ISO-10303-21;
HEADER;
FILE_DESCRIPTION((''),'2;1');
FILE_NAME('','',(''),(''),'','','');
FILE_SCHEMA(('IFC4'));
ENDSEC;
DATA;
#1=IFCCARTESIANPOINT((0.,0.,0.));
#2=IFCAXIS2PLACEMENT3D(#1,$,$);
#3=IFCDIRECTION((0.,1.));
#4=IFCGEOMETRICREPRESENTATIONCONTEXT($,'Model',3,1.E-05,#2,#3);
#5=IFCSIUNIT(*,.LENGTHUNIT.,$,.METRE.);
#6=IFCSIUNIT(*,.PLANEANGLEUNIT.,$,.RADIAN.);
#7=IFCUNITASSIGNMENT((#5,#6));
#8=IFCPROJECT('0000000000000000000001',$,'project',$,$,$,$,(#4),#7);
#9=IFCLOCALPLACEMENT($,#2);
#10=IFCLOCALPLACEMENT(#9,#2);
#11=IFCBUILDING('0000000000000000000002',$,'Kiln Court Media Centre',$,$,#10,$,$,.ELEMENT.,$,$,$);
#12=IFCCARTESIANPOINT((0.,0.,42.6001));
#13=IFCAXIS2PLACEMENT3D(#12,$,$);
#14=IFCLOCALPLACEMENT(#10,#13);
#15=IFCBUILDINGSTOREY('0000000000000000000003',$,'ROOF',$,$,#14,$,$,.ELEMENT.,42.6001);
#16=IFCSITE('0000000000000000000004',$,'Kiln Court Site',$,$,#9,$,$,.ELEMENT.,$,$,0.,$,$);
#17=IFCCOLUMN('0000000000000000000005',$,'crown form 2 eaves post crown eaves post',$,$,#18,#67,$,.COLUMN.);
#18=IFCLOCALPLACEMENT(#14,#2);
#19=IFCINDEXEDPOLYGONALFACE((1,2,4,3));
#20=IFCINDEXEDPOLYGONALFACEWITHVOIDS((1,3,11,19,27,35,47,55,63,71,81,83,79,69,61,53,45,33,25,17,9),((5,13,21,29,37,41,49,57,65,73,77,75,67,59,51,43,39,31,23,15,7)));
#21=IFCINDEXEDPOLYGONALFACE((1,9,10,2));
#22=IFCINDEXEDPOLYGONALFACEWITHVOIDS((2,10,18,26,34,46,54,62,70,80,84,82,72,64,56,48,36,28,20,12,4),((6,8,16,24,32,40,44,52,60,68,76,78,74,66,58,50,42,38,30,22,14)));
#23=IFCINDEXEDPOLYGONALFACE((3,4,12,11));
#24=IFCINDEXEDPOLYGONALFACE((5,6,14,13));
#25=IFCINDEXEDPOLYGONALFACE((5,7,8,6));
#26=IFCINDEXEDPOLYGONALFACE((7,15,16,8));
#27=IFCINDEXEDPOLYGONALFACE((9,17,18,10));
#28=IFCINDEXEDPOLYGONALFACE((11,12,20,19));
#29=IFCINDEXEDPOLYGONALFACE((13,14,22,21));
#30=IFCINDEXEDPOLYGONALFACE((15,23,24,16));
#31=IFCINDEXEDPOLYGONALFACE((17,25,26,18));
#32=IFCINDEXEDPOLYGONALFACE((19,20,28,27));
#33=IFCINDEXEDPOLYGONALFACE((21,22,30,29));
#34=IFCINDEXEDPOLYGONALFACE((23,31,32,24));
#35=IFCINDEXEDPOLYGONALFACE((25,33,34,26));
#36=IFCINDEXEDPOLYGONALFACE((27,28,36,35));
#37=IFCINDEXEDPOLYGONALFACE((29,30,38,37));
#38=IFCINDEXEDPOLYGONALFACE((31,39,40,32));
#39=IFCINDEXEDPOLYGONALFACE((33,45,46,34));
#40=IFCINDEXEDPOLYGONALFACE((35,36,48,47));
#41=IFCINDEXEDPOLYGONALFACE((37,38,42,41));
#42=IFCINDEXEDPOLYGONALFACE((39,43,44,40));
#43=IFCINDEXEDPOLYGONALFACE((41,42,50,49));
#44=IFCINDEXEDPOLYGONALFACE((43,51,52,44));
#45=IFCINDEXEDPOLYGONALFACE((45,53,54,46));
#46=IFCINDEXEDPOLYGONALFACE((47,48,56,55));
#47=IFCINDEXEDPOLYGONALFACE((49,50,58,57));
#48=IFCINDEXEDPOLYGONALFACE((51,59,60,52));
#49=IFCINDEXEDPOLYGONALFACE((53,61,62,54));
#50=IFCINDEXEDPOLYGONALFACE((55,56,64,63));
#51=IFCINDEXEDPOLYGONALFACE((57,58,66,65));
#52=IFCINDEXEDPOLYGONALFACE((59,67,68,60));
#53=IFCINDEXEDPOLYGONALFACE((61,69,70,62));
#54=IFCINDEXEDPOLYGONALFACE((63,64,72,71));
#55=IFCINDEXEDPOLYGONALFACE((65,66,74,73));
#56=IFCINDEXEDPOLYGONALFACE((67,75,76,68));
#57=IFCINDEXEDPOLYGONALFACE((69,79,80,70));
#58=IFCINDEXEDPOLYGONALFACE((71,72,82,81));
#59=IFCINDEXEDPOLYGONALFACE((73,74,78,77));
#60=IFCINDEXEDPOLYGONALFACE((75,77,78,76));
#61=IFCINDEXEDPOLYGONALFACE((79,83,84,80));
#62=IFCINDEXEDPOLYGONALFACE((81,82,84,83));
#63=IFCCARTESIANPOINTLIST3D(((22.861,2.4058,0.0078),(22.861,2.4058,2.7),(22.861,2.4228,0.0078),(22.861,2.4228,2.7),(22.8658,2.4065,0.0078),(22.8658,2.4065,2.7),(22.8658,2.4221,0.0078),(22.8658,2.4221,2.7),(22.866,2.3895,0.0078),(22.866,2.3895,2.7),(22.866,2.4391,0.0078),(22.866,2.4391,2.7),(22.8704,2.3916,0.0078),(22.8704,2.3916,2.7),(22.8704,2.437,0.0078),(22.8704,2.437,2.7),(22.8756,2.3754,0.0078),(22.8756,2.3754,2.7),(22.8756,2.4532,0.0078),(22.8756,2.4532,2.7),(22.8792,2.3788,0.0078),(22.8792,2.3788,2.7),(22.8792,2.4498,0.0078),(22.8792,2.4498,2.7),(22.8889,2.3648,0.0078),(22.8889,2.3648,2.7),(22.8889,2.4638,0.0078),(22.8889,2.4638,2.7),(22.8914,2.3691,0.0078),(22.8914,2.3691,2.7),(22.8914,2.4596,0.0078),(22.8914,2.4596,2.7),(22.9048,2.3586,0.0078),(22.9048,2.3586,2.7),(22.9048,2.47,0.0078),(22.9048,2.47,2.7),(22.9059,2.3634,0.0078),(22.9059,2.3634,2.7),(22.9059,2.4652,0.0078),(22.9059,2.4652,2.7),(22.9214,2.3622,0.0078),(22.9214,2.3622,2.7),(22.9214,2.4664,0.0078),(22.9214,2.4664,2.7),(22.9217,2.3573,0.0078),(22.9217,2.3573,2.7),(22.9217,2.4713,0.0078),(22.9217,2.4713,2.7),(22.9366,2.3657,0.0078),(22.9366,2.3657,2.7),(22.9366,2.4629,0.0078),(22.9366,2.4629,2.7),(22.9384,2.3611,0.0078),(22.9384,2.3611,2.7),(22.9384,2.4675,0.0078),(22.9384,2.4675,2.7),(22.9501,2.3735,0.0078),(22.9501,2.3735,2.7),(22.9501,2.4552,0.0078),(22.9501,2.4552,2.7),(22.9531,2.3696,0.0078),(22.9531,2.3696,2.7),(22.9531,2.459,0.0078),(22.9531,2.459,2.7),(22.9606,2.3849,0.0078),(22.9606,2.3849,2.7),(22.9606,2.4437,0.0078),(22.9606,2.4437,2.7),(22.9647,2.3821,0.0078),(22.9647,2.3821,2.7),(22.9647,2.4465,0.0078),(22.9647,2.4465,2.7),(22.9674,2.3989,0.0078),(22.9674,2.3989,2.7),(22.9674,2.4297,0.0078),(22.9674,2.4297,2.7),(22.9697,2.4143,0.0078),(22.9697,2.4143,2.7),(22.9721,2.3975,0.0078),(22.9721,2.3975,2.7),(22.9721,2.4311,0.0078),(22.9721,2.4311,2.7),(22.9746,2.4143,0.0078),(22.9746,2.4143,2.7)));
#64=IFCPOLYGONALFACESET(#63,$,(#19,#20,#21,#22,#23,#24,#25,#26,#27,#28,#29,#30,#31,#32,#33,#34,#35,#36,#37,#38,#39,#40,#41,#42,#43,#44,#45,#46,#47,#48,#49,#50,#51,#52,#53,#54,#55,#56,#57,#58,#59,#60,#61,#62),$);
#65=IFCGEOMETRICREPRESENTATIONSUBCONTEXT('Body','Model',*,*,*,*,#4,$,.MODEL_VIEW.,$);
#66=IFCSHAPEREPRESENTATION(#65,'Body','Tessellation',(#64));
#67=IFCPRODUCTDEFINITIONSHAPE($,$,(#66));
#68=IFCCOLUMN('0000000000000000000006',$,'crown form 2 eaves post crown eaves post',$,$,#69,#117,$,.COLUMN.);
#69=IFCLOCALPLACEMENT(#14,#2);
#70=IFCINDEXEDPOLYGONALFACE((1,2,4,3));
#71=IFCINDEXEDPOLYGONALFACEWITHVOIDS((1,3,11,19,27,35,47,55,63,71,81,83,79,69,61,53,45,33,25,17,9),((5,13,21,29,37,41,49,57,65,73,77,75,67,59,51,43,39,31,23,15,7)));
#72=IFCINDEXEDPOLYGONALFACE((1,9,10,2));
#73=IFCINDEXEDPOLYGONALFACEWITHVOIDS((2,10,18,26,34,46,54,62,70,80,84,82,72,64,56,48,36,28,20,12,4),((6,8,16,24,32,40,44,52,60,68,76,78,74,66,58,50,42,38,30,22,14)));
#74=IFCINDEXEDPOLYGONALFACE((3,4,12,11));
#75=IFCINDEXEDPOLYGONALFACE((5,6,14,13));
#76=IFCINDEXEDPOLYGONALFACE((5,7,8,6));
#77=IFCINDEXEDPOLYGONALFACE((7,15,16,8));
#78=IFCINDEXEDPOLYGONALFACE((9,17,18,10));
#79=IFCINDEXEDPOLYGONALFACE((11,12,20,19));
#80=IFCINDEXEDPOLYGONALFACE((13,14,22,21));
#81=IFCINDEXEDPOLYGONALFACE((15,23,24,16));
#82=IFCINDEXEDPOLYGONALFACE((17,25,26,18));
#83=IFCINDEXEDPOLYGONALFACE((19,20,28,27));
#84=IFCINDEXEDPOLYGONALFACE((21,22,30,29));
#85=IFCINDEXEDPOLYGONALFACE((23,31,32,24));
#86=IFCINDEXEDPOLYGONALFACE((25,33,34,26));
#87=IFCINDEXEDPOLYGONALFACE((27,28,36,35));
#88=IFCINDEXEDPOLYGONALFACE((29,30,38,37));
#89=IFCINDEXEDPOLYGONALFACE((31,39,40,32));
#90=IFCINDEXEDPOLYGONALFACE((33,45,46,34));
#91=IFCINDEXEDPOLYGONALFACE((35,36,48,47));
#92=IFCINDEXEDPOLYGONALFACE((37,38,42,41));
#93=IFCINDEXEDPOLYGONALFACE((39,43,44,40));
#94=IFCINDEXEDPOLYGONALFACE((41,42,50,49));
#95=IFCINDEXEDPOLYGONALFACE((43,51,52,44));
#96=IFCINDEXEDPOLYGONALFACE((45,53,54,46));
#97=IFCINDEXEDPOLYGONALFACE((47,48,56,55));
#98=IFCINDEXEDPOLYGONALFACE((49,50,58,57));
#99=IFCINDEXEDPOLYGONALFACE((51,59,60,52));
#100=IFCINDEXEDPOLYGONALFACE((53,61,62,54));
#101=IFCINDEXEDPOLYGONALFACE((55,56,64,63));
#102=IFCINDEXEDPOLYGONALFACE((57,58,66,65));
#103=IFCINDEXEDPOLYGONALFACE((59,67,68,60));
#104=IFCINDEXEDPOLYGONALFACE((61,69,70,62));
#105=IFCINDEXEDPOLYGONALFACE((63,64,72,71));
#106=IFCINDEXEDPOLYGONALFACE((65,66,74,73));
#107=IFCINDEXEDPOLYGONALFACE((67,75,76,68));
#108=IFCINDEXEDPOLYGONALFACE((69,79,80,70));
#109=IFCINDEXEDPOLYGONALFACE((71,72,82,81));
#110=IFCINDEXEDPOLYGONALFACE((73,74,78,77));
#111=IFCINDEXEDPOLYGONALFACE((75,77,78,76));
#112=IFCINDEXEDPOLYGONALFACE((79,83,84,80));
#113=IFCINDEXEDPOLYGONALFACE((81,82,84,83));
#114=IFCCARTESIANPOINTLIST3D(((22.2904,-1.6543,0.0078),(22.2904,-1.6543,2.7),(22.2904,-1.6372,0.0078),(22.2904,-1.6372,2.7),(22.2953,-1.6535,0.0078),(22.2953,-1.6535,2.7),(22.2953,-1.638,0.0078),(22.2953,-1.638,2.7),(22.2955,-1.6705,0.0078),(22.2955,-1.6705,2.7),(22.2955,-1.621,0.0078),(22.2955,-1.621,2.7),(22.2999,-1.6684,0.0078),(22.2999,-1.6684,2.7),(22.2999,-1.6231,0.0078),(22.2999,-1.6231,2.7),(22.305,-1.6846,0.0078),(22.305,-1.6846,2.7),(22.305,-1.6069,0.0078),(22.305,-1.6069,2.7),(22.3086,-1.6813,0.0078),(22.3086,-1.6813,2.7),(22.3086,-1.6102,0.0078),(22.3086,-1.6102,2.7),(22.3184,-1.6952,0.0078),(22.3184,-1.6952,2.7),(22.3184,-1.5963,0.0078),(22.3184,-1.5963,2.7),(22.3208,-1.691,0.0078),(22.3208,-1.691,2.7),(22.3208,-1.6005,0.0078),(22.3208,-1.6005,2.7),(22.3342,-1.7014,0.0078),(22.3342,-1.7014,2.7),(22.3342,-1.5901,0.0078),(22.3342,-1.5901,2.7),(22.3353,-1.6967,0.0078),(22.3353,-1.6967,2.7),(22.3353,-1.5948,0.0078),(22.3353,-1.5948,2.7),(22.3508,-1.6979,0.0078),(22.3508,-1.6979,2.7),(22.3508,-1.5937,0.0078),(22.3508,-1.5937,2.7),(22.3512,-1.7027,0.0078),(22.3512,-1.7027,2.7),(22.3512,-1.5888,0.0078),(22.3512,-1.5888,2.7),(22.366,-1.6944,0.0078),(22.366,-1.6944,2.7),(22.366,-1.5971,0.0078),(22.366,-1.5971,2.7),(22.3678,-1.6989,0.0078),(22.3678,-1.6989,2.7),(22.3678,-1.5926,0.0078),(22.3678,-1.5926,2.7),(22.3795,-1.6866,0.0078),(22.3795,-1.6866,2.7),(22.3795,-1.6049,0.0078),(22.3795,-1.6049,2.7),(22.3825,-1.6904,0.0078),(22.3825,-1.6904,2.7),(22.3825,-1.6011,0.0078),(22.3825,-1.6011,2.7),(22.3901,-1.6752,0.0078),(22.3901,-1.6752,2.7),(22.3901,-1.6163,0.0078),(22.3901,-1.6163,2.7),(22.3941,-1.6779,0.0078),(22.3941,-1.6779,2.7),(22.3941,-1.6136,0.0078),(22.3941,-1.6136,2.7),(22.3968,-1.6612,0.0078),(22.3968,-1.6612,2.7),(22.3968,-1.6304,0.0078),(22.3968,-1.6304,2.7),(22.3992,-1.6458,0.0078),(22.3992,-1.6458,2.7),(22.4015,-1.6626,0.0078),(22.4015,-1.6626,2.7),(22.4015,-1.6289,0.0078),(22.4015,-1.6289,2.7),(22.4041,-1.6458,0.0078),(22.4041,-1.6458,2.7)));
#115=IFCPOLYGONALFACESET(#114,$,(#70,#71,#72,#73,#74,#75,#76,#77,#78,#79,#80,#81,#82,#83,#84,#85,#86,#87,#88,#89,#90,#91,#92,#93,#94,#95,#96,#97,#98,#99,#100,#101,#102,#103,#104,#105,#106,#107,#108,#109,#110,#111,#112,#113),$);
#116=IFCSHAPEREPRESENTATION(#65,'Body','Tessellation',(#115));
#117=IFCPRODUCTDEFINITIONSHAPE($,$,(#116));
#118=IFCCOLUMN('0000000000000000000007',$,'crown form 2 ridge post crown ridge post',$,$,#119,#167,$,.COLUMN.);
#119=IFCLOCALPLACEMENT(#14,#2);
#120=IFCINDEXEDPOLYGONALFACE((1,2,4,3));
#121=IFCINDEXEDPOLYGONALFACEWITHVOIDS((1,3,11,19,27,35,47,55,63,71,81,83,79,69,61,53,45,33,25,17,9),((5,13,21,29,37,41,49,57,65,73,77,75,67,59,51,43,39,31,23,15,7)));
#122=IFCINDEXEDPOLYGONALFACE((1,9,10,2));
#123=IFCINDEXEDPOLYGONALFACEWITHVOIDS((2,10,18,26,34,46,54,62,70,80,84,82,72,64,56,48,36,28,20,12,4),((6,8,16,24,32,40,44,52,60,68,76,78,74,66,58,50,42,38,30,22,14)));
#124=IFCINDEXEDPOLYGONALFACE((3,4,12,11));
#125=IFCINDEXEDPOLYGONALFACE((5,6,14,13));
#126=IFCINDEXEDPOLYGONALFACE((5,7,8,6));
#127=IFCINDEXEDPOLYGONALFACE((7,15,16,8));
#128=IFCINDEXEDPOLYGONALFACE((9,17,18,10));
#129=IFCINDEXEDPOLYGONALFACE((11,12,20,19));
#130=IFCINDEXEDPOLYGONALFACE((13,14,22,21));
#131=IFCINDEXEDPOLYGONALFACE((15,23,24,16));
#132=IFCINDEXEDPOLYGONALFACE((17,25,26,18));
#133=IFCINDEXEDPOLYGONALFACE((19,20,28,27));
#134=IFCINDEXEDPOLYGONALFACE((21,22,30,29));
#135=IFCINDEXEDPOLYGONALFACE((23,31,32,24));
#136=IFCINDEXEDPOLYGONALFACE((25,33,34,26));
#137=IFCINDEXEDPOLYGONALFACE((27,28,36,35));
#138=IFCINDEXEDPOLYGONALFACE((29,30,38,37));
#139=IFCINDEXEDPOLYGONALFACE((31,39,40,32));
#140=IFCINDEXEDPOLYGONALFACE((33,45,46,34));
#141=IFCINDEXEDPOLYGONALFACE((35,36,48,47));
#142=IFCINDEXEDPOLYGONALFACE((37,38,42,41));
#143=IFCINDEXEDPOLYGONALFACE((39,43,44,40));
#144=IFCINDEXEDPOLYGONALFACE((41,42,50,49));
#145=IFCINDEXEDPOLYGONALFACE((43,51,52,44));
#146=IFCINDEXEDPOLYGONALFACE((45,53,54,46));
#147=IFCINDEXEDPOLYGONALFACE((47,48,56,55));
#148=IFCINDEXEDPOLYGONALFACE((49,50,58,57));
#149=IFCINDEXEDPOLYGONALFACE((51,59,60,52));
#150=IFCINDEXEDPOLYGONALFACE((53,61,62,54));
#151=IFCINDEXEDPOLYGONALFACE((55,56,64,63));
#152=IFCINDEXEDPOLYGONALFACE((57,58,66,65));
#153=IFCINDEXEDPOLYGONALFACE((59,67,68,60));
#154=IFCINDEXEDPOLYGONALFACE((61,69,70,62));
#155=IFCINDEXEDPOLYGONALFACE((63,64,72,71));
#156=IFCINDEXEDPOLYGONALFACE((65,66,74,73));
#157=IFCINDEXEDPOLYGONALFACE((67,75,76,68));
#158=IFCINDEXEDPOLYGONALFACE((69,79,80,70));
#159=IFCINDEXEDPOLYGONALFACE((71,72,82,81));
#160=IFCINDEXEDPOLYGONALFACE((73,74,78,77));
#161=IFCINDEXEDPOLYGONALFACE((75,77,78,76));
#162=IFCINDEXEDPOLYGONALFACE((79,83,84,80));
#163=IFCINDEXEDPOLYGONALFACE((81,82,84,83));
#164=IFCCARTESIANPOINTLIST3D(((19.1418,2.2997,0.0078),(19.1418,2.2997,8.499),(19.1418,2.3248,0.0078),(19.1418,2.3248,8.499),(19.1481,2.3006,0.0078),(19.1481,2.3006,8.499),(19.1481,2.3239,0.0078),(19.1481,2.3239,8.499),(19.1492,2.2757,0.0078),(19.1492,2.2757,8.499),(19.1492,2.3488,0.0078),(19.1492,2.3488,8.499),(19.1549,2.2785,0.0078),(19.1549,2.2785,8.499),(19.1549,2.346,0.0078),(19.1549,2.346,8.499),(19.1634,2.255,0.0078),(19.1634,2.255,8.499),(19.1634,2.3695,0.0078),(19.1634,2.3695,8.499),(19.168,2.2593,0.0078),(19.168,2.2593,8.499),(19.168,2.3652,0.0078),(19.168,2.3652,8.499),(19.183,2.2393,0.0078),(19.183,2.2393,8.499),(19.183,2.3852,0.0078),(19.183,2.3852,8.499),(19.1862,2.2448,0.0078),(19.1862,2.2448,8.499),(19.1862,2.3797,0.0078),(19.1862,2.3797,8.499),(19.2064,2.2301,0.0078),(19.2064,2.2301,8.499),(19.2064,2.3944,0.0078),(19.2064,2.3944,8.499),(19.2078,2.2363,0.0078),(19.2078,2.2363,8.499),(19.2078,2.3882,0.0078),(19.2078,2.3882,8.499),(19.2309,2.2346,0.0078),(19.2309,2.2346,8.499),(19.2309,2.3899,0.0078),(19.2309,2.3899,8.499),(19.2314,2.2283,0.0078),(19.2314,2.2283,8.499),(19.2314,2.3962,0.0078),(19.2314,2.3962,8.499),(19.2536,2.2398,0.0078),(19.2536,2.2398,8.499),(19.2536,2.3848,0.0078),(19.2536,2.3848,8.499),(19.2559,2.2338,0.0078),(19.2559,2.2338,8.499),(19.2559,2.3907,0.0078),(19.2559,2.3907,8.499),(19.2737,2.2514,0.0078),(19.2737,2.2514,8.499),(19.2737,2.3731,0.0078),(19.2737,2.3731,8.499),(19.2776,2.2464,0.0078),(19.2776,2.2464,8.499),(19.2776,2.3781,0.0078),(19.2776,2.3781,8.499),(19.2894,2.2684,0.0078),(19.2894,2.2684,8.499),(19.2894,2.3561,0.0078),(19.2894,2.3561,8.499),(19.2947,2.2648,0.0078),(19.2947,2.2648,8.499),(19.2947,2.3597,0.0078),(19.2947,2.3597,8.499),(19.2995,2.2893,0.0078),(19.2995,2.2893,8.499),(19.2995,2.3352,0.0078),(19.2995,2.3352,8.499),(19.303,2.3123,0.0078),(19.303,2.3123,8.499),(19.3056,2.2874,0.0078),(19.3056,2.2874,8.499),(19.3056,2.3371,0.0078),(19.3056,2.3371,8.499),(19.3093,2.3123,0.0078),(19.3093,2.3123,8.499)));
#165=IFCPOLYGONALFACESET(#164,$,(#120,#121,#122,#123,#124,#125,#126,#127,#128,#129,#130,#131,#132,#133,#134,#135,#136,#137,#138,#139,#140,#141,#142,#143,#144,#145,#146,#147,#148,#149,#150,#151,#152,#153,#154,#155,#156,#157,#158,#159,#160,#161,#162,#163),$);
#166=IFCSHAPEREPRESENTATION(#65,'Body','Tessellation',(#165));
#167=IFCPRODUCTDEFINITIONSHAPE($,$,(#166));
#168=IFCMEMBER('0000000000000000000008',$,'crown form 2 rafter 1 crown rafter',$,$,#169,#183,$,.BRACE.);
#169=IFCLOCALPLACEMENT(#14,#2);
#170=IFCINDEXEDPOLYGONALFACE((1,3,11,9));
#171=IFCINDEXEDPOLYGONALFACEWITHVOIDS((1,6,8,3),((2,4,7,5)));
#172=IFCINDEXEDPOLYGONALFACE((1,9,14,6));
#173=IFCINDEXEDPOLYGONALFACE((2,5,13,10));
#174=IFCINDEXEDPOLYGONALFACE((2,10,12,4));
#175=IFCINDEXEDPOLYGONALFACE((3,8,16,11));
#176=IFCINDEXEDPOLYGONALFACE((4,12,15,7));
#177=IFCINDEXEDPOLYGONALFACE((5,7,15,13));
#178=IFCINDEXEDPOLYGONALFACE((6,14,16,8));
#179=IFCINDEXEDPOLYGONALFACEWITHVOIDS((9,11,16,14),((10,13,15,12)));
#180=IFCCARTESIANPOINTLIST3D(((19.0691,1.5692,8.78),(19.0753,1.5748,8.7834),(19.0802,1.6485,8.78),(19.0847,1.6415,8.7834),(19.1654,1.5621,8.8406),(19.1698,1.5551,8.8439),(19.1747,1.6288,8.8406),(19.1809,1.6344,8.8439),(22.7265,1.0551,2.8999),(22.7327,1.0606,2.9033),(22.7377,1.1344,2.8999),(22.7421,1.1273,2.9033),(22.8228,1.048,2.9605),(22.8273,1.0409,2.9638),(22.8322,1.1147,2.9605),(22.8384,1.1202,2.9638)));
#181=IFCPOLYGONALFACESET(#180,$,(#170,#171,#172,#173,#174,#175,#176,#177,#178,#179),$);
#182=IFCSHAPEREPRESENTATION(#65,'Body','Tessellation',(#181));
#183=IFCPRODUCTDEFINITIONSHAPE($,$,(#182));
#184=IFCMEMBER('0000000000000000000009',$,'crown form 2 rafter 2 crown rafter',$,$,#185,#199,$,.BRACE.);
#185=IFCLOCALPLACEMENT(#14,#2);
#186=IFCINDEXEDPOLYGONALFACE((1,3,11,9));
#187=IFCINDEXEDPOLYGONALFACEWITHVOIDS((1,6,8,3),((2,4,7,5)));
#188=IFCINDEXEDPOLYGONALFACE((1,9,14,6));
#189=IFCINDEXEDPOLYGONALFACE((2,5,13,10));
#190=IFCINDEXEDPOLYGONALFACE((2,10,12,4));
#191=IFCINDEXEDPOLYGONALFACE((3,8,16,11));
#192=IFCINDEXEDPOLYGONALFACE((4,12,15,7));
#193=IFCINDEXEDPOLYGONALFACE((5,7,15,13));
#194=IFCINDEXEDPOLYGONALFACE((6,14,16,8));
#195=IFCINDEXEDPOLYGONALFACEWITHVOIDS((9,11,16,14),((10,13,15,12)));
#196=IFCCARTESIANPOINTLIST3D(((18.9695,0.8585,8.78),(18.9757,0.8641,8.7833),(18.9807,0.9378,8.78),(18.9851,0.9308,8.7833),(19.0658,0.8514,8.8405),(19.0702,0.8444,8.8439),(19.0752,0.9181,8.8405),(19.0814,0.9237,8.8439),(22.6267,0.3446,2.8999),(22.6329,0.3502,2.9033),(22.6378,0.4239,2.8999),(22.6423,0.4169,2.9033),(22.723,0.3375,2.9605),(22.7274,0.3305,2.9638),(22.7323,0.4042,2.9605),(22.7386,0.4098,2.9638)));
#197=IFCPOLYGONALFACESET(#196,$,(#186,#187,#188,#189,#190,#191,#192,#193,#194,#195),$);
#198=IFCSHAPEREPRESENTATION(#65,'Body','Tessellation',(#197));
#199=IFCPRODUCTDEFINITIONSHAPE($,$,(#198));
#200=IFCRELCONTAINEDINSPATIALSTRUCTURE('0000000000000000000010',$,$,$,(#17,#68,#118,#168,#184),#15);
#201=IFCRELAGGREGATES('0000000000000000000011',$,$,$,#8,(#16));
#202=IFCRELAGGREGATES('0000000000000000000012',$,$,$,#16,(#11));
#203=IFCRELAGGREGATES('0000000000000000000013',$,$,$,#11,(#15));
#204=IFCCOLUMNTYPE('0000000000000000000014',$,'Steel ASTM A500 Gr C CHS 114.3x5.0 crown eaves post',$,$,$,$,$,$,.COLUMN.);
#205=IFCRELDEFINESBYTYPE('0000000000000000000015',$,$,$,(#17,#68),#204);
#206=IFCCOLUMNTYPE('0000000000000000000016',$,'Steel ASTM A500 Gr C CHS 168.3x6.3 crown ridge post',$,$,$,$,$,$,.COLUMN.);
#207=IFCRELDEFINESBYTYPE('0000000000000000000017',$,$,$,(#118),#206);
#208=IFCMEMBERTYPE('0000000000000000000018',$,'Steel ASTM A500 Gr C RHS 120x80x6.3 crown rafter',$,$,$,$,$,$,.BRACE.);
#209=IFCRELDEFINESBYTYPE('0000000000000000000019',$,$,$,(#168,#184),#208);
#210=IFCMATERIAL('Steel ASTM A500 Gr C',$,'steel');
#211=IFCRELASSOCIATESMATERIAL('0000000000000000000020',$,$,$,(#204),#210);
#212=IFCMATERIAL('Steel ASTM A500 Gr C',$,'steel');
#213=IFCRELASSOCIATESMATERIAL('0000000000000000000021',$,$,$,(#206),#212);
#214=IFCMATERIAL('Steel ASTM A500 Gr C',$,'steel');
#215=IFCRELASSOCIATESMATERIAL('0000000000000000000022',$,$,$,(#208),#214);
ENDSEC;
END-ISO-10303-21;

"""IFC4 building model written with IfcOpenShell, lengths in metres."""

from ifc_helpers import new_model, si_unit, direction, frame, origin, origin_2d, place, context, subcontext, project, spatial, hollow_rectangle, hollow_circle, extrude, material, material_profile, profile_set, type_object, element, save


model = new_model("IFC4")

# Units and contexts
model_context = context("Model", 3, precision=1e-05, world=origin(), true_north=direction((0.0, 1.0)))
body_context = subcontext(model_context, "Body", "Model", "MODEL_VIEW")
ifc_project = project(units=[si_unit("LENGTHUNIT", "METRE"), si_unit("PLANEANGLEUNIT", "RADIAN")], contexts=[model_context])

# Site, building, storey
site_placement = place(None, origin())
site = spatial("IfcSite", under=ifc_project, at=site_placement, Name="Kiln Court Site", CompositionType="ELEMENT", RefElevation=0.0)
building_placement = place(site_placement, origin())
building = spatial("IfcBuilding", under=site, at=building_placement, Name="Kiln Court Media Centre", CompositionType="ELEMENT")
storey_placement = place(building_placement, frame((0.0, 0.0, 42.6001)))
storey = spatial("IfcBuildingStorey", under=building, at=storey_placement, Name="ROOF", CompositionType="ELEMENT", Elevation=42.6001)

# Columns
ifc_material_1 = material(Name="Steel ASTM A500 Gr C", Category="steel")
ifc_material_profile_1 = material_profile(ifc_material_1, hollow_circle(Radius=0.0571, WallThickness=0.0049, at=origin_2d()), Name="CHS 114.3x5.0")
ifc_profile_set_1 = profile_set([ifc_material_profile_1], Name="Steel ASTM A500 Gr C")
column_type_1 = type_object("IfcColumnType", Name="Steel ASTM A500 Gr C CHS 114.3x5.0 crown eaves post", PredefinedType="COLUMN", material=ifc_profile_set_1)
for number, where, z_axis, x_axis, name in (
    (1, (22.9175, 2.4143, 0.0078), (0.0, 0.0, 1.0), (1.0, 0.0, 0.0), "crown form 2 eaves post crown eaves post"),
    (2, (22.3469, -1.6458, 0.0078), (0.0, 0.0, 1.0), (1.0, 0.0, 0.0), "crown form 2 eaves post crown eaves post"),
):
    element("IfcColumn", number, at=place(storey_placement, frame(where, z_axis=z_axis, x_axis=x_axis)), inside=storey, type_object=column_type_1, Name=name, PredefinedType="COLUMN", context=body_context, shape_type="SweptSolid", body=[
        extrude(hollow_circle(Radius=0.0571, WallThickness=0.0049, at=origin_2d()), origin(), (0.0, 0.0, 1.0), 2.6921),
    ])
ifc_material_2 = material(Name="Steel ASTM A500 Gr C", Category="steel")
ifc_material_profile_2 = material_profile(ifc_material_2, hollow_circle(Radius=0.0842, WallThickness=0.0063, at=origin_2d()), Name="CHS 168.3x6.3")
ifc_profile_set_2 = profile_set([ifc_material_profile_2], Name="Steel ASTM A500 Gr C")
column_type_2 = type_object("IfcColumnType", Name="Steel ASTM A500 Gr C CHS 168.3x6.3 crown ridge post", PredefinedType="COLUMN", material=ifc_profile_set_2)
column_placement = place(storey_placement, frame((19.2251, 2.3123, 0.0078), z_axis=(0.0, 0.0, 1.0), x_axis=(1.0, 0.0, 0.0)))
element("IfcColumn", 3, at=column_placement, inside=storey, type_object=column_type_2, Name="crown form 2 ridge post crown ridge post", PredefinedType="COLUMN", context=body_context, shape_type="SweptSolid", body=[
    extrude(hollow_circle(Radius=0.0842, WallThickness=0.0063, at=origin_2d()), origin(), (0.0, 0.0, 1.0), 8.4912),
])

# Members
ifc_material_3 = material(Name="Steel ASTM A500 Gr C", Category="steel")
ifc_material_profile_3 = material_profile(ifc_material_3, hollow_rectangle(XDim=0.0801, YDim=0.1201, WallThickness=0.0063, at=origin_2d()), Name="RHS 120x80x6.3")
ifc_profile_set_3 = profile_set([ifc_material_profile_3], Name="Steel ASTM A500 Gr C")
member_type = type_object("IfcMemberType", Name="Steel ASTM A500 Gr C RHS 120x80x6.3 crown rafter", PredefinedType="BRACE", material=ifc_profile_set_3)
member_1_placement = place(storey_placement, frame((22.7825, 1.0876, 2.9319), z_axis=(-0.526719, 0.074045, 0.846808), x_axis=(-0.139209, -0.990263, 0.0)))
element("IfcMember", 4, at=member_1_placement, inside=storey, type_object=member_type, Name="crown form 2 rafter 1 crown rafter", PredefinedType="BRACE", context=body_context, shape_type="SweptSolid", body=[
    extrude(hollow_rectangle(XDim=0.0801, YDim=0.1201, WallThickness=0.0063, at=origin_2d()), origin(), (0.0, 0.0, 1.0), 6.9438),
])
member_2_placement = place(storey_placement, frame((22.6826, 0.3772, 2.9319), z_axis=(-0.526695, 0.074012, 0.846826), x_axis=(-0.139154, -0.990271, 0.0)))
element("IfcMember", 5, at=member_2_placement, inside=storey, type_object=member_type, Name="crown form 2 rafter 2 crown rafter", PredefinedType="BRACE", context=body_context, shape_type="SweptSolid", body=[
    extrude(hollow_rectangle(XDim=0.0801, YDim=0.1201, WallThickness=0.0063, at=origin_2d()), origin(), (0.0, 0.0, 1.0), 6.9436),
])

save(model, "model.ifc")
